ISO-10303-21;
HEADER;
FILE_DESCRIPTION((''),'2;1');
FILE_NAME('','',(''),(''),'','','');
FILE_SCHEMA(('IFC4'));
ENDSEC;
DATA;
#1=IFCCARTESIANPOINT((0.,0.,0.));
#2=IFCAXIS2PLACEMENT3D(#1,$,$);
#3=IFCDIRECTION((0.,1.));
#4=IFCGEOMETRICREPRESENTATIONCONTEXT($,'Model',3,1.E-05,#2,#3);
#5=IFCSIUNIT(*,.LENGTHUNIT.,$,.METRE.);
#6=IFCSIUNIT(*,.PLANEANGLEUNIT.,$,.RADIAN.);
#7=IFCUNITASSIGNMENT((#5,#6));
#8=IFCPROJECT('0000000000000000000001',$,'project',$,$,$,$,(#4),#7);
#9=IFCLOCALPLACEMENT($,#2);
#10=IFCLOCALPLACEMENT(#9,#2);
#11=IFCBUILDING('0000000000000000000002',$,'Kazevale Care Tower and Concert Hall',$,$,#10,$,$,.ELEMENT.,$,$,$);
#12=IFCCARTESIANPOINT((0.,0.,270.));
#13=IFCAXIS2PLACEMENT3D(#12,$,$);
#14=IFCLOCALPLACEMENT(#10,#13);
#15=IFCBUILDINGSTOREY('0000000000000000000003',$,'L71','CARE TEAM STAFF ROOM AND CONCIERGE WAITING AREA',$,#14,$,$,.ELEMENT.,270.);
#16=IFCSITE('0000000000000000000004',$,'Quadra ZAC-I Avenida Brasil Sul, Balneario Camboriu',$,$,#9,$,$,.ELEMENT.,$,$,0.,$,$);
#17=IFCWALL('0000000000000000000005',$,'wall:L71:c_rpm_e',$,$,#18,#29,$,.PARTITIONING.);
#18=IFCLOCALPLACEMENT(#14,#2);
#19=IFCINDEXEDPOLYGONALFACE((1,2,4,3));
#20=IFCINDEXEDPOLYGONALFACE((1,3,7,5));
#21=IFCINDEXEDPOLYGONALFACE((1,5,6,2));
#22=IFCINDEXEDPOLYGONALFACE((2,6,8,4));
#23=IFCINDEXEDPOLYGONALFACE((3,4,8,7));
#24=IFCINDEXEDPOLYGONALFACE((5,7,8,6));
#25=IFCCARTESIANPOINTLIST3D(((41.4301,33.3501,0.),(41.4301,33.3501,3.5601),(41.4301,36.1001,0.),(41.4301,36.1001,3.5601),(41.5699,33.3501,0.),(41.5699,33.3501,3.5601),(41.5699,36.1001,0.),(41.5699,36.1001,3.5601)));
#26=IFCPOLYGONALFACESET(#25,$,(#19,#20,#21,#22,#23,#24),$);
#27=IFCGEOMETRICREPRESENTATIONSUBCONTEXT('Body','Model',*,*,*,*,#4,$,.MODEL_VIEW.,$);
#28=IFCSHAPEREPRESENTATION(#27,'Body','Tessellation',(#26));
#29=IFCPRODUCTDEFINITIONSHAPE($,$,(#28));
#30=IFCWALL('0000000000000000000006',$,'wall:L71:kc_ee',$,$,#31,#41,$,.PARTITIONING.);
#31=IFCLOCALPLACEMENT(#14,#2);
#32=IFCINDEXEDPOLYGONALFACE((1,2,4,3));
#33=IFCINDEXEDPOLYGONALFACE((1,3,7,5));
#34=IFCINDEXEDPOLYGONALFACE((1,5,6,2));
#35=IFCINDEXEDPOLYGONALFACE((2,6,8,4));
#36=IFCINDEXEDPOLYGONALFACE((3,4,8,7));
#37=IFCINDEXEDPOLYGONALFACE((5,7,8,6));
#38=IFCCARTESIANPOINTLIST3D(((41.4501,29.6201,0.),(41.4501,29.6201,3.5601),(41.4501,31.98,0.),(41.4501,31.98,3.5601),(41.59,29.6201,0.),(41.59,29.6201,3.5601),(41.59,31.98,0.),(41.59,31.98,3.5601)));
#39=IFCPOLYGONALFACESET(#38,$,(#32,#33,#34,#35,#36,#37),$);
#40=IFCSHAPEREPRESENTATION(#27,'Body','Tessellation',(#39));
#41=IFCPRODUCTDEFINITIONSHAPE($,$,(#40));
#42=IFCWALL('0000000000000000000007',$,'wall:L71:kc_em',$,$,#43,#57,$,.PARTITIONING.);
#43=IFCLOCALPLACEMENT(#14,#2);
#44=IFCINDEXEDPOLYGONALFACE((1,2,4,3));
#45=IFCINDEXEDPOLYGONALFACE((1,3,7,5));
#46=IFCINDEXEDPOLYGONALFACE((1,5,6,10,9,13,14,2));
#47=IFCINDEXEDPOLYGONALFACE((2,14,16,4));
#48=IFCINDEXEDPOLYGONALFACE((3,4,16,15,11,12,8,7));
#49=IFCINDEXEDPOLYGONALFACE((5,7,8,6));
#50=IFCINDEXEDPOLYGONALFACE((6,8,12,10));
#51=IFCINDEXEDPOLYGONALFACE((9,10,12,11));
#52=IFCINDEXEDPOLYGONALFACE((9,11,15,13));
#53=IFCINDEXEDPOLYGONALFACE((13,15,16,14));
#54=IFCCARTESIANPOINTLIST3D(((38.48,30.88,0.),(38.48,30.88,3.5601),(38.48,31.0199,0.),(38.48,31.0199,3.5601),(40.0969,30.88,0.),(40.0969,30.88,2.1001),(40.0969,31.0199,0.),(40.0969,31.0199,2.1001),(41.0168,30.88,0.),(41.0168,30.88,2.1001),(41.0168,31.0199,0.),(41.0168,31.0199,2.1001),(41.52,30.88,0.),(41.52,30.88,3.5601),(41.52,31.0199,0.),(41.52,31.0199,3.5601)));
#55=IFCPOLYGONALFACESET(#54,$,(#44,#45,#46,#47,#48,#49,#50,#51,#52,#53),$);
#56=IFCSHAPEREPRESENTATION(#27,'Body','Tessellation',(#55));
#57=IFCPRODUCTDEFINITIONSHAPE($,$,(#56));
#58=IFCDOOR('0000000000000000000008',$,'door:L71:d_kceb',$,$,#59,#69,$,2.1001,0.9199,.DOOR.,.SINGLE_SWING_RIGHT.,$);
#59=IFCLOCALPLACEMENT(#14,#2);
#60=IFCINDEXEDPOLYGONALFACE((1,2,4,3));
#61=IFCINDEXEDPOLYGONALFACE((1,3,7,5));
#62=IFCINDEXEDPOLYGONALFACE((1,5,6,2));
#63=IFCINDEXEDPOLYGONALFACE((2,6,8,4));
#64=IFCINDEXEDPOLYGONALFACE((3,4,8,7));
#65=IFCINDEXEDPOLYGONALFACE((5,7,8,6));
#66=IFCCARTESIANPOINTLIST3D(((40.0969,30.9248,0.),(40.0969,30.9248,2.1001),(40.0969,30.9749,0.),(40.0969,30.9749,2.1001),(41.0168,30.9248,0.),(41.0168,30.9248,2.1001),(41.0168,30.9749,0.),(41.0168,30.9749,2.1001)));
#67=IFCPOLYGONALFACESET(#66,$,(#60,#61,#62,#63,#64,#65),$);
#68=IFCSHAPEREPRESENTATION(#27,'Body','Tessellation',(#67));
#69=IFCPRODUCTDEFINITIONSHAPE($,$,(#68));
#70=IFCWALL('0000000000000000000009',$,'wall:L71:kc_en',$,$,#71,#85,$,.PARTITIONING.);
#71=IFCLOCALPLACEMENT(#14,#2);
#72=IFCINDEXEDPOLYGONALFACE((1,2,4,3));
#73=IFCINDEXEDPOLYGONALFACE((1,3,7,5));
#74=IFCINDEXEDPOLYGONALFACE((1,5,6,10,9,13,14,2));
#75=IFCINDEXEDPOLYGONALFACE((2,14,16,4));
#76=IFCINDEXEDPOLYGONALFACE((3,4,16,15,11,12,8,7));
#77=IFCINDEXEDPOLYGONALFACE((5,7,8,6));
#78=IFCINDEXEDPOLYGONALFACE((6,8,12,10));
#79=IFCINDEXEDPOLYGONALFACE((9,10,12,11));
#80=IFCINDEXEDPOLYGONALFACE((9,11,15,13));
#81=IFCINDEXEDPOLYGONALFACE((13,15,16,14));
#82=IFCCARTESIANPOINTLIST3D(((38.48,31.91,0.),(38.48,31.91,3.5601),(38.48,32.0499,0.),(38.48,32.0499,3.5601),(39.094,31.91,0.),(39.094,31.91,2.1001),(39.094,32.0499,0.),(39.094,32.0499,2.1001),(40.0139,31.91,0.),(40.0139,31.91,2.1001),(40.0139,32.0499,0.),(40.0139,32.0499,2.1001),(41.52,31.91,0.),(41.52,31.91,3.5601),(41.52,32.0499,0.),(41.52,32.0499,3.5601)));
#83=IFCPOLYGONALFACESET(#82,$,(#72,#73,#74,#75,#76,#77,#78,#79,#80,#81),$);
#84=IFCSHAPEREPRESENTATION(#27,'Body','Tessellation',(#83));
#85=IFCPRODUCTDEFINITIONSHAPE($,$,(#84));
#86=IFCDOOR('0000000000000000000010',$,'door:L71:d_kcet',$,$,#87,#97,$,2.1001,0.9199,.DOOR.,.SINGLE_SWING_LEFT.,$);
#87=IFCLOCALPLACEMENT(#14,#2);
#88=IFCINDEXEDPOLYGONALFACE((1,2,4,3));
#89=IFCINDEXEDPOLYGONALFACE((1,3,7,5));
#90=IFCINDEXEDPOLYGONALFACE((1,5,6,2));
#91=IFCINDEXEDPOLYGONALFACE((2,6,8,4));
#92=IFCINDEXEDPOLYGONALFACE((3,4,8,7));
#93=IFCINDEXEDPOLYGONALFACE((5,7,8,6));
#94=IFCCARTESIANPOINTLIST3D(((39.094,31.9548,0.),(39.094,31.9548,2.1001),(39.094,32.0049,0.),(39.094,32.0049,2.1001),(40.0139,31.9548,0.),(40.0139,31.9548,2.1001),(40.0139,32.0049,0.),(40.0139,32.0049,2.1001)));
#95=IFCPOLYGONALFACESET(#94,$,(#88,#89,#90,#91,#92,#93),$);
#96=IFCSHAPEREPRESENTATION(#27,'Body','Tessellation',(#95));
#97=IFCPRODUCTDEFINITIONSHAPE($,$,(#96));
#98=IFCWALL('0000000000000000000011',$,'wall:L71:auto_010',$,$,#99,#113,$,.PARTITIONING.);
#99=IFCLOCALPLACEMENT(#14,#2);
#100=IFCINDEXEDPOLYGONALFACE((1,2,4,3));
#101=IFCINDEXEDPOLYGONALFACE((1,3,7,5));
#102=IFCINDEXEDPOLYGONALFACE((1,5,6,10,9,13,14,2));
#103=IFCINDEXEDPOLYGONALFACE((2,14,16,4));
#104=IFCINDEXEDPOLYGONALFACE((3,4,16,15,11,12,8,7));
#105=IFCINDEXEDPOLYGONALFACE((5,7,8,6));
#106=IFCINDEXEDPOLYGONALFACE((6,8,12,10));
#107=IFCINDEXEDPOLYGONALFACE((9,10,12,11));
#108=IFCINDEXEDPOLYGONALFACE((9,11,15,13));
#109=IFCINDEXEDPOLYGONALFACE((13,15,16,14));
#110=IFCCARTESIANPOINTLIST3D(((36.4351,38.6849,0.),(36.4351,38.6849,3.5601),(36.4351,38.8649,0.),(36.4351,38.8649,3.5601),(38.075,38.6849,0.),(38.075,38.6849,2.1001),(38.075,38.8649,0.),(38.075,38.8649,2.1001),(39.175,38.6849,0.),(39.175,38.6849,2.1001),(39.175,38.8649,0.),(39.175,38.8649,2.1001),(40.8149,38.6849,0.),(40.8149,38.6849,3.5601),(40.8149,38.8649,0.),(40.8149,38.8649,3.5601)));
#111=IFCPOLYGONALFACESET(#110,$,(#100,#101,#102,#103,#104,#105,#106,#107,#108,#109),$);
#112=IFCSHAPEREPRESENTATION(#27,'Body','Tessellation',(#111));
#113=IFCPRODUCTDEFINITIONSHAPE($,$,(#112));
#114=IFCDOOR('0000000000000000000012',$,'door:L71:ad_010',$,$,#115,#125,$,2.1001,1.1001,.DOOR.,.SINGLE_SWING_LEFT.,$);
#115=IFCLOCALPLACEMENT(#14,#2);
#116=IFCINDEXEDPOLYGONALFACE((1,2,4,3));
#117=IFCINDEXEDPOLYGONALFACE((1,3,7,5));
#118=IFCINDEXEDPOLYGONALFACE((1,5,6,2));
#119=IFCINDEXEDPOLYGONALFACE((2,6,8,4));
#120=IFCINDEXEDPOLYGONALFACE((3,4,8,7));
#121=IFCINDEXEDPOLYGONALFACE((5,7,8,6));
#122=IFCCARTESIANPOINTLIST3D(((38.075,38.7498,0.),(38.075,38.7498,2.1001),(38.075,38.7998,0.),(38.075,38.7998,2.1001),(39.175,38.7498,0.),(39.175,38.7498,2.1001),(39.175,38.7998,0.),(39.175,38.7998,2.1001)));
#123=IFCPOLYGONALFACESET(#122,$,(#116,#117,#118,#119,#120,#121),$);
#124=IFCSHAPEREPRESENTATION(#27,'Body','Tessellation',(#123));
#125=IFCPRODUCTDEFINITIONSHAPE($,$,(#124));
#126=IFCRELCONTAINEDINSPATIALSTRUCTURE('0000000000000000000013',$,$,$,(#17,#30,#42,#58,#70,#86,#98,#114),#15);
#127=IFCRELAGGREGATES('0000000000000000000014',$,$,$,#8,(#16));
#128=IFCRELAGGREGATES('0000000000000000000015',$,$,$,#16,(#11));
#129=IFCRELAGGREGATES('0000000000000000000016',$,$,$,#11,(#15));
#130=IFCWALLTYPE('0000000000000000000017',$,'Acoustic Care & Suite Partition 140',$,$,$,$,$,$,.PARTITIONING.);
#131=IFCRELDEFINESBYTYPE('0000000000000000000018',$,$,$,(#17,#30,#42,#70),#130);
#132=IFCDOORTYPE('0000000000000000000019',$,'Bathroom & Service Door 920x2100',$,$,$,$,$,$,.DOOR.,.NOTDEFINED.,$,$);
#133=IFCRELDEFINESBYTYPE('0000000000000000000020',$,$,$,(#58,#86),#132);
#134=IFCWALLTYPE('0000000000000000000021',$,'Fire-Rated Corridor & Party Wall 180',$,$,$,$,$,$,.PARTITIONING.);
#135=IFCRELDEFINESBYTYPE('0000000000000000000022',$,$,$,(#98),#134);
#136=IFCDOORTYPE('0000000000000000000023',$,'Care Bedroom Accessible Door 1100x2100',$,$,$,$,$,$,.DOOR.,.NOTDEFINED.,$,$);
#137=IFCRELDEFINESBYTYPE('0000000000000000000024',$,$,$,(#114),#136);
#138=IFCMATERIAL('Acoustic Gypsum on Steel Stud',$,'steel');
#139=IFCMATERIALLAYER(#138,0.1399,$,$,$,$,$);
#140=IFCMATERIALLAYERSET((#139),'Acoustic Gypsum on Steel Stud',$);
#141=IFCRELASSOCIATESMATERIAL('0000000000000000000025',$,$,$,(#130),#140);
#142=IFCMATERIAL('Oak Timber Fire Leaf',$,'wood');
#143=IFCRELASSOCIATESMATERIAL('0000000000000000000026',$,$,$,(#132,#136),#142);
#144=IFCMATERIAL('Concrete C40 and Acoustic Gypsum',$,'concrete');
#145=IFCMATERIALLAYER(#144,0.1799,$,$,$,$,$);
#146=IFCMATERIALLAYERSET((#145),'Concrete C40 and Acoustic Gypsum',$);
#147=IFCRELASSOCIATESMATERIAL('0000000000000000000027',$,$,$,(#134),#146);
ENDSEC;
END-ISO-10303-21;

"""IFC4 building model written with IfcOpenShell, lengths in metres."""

from ifc_helpers import new_model, si_unit, direction, frame, frame_2d, origin, place, context, subcontext, project, spatial, rectangle, extrude, material, layer, layer_set, type_object, element, fill, save


model = new_model("IFC4")

# Units and contexts
model_context = context("Model", 3, precision=1e-05, world=origin(), true_north=direction((0.0, 1.0)))
body_context = subcontext(model_context, "Body", "Model", "MODEL_VIEW")
ifc_project = project(units=[si_unit("LENGTHUNIT", "METRE"), si_unit("PLANEANGLEUNIT", "RADIAN")], contexts=[model_context])

# Site, building, storey
site_placement = place(None, origin())
site = spatial("IfcSite", under=ifc_project, at=site_placement, Name="Quadra ZAC-I Avenida Brasil Sul, Balneario Camboriu", CompositionType="ELEMENT", RefElevation=0.0)
building_placement = place(site_placement, origin())
building = spatial("IfcBuilding", under=site, at=building_placement, Name="Kazevale Care Tower and Concert Hall", CompositionType="ELEMENT")
storey_placement = place(building_placement, frame((0.0, 0.0, 270.0)))
storey = spatial("IfcBuildingStorey", under=building, at=storey_placement, Name="L71", Description="CARE TEAM STAFF ROOM AND CONCIERGE WAITING AREA", CompositionType="ELEMENT", Elevation=270.0)

# Shared definitions
ifc_material_1 = material(Name="Acoustic Gypsum on Steel Stud", Category="steel")
ifc_layer_1 = layer(ifc_material_1, 0.1399)
ifc_layer_set_1 = layer_set([ifc_layer_1], Name="Acoustic Gypsum on Steel Stud")
wall_type_1 = type_object("IfcWallType", Name="Acoustic Care & Suite Partition 140", PredefinedType="PARTITIONING", material=ifc_layer_set_1)
ifc_material_2 = material(Name="Oak Timber Fire Leaf", Category="wood")
door_type_1 = type_object("IfcDoorType", Name="Bathroom & Service Door 920x2100", OperationType="NOTDEFINED", PredefinedType="DOOR", material=ifc_material_2)

# Walls
for number, where, z_axis, x_axis, name in (
    (1, (41.5, 33.3501, 0.0), (0.0, 0.0, 1.0), (0.0, 1.0, 0.0), "wall:L71:c_rpm_e"),
):
    element("IfcWall", number, at=place(storey_placement, frame(where, z_axis=z_axis, x_axis=x_axis)), inside=storey, type_object=wall_type_1, Name=name, PredefinedType="PARTITIONING", context=body_context, shape_type="SweptSolid", body=[
        extrude(rectangle(XDim=2.75, YDim=0.1399, at=frame_2d((1.375, 0.0))), origin(), (0.0, 0.0, 1.0), 3.5601),
    ])
wall_1_placement = place(storey_placement, frame((41.52, 29.6201, 0.0), z_axis=(0.0, 0.0, 1.0), x_axis=(0.0, 1.0, 0.0)))
element("IfcWall", 2, at=wall_1_placement, inside=storey, type_object=wall_type_1, Name="wall:L71:kc_ee", PredefinedType="PARTITIONING", context=body_context, shape_type="SweptSolid", body=[
    extrude(rectangle(XDim=2.3599, YDim=0.1399, at=frame_2d((1.1799, 0.0))), origin(), (0.0, 0.0, 1.0), 3.5601),
])

# Walls, openings, doors
wall_2_placement = place(storey_placement, frame((38.48, 30.95, 0.0), z_axis=(0.0, 0.0, 1.0), x_axis=(1.0, 0.0, 0.0)))
wall_2 = element("IfcWall", 3, at=wall_2_placement, inside=storey, type_object=wall_type_1, Name="wall:L71:kc_em", PredefinedType="PARTITIONING", context=body_context, shape_type="SweptSolid", body=[
    extrude(rectangle(XDim=3.04, YDim=0.1399, at=frame_2d((1.52, 0.0))), origin(), (0.0, 0.0, 1.0), 3.5601),
])
opening_1_placement = place(wall_2_placement, frame((1.6169, 0.0, 0.0)))
opening_1 = element("IfcOpeningElement", 4, at=opening_1_placement, cuts=wall_2, PredefinedType="OPENING", context=body_context, shape_type="SweptSolid", body=[
    extrude(rectangle(XDim=0.9199, YDim=2.1001, at=frame_2d((0.46, 1.05))), frame((0.0, 0.0798, 0.0), z_axis=(0.0, -1.0, 0.0), x_axis=(1.0, 0.0, 0.0)), (0.0, 0.0, 1.0), 0.1599),
])
door_1_placement = place(opening_1_placement, origin())
door_1 = element("IfcDoor", 5, at=door_1_placement, inside=storey, type_object=door_type_1, Name="door:L71:d_kceb", OperationType="SINGLE_SWING_RIGHT", OverallHeight=2.1001, OverallWidth=0.9199, PredefinedType="DOOR", context=body_context, shape_type="SweptSolid", body=[
    extrude(rectangle(XDim=0.9199, YDim=2.1001, at=frame_2d((0.46, 1.05))), frame((0.0, 0.0249, 0.0), z_axis=(0.0, -1.0, 0.0), x_axis=(1.0, 0.0, 0.0)), (0.0, 0.0, 1.0), 0.05),
])
fill(opening_1, door_1)
wall_3_placement = place(storey_placement, frame((38.48, 31.98, 0.0), z_axis=(0.0, 0.0, 1.0), x_axis=(1.0, 0.0, 0.0)))
wall_3 = element("IfcWall", 6, at=wall_3_placement, inside=storey, type_object=wall_type_1, Name="wall:L71:kc_en", PredefinedType="PARTITIONING", context=body_context, shape_type="SweptSolid", body=[
    extrude(rectangle(XDim=3.04, YDim=0.1399, at=frame_2d((1.52, 0.0))), origin(), (0.0, 0.0, 1.0), 3.5601),
])
opening_2_placement = place(wall_3_placement, frame((0.614, 0.0, 0.0)))
opening_2 = element("IfcOpeningElement", 7, at=opening_2_placement, cuts=wall_3, PredefinedType="OPENING", context=body_context, shape_type="SweptSolid", body=[
    extrude(rectangle(XDim=0.9199, YDim=2.1001, at=frame_2d((0.46, 1.05))), frame((0.0, 0.0798, 0.0), z_axis=(0.0, -1.0, 0.0), x_axis=(1.0, 0.0, 0.0)), (0.0, 0.0, 1.0), 0.1599),
])
door_2_placement = place(opening_2_placement, origin())
door_2 = element("IfcDoor", 8, at=door_2_placement, inside=storey, type_object=door_type_1, Name="door:L71:d_kcet", OperationType="SINGLE_SWING_LEFT", OverallHeight=2.1001, OverallWidth=0.9199, PredefinedType="DOOR", context=body_context, shape_type="SweptSolid", body=[
    extrude(rectangle(XDim=0.9199, YDim=2.1001, at=frame_2d((0.46, 1.05))), frame((0.0, 0.0249, 0.0), z_axis=(0.0, -1.0, 0.0), x_axis=(1.0, 0.0, 0.0)), (0.0, 0.0, 1.0), 0.05),
])
fill(opening_2, door_2)
ifc_material_3 = material(Name="Concrete C40 and Acoustic Gypsum", Category="concrete")
ifc_layer_2 = layer(ifc_material_3, 0.1799)
ifc_layer_set_2 = layer_set([ifc_layer_2], Name="Concrete C40 and Acoustic Gypsum")
wall_type_2 = type_object("IfcWallType", Name="Fire-Rated Corridor & Party Wall 180", PredefinedType="PARTITIONING", material=ifc_layer_set_2)
wall_4_placement = place(storey_placement, frame((36.4351, 38.7749, 0.0), z_axis=(0.0, 0.0, 1.0), x_axis=(1.0, 0.0, 0.0)))
wall_4 = element("IfcWall", 9, at=wall_4_placement, inside=storey, type_object=wall_type_2, Name="wall:L71:auto_010", PredefinedType="PARTITIONING", context=body_context, shape_type="SweptSolid", body=[
    extrude(rectangle(XDim=4.3799, YDim=0.1799, at=frame_2d((2.1899, 0.0))), origin(), (0.0, 0.0, 1.0), 3.5601),
])
opening_3_placement = place(wall_4_placement, frame((1.6399, 0.0, 0.0)))
opening_3 = element("IfcOpeningElement", 10, at=opening_3_placement, cuts=wall_4, PredefinedType="OPENING", context=body_context, shape_type="SweptSolid", body=[
    extrude(rectangle(XDim=1.1001, YDim=2.1001, at=frame_2d((0.55, 1.05))), frame((0.0, 0.0999, 0.0), z_axis=(0.0, -1.0, 0.0), x_axis=(1.0, 0.0, 0.0)), (0.0, 0.0, 1.0), 0.2),
])
door_type_2 = type_object("IfcDoorType", Name="Care Bedroom Accessible Door 1100x2100", OperationType="NOTDEFINED", PredefinedType="DOOR", material=ifc_material_2)
door_3_placement = place(opening_3_placement, origin())
door_3 = element("IfcDoor", 11, at=door_3_placement, inside=storey, type_object=door_type_2, Name="door:L71:ad_010", OperationType="SINGLE_SWING_LEFT", OverallHeight=2.1001, OverallWidth=1.1001, PredefinedType="DOOR", context=body_context, shape_type="SweptSolid", body=[
    extrude(rectangle(XDim=1.1001, YDim=2.1001, at=frame_2d((0.55, 1.05))), frame((0.0, 0.0249, 0.0), z_axis=(0.0, -1.0, 0.0), x_axis=(1.0, 0.0, 0.0)), (0.0, 0.0, 1.0), 0.05),
])
fill(opening_3, door_3)

save(model, "model.ifc")
